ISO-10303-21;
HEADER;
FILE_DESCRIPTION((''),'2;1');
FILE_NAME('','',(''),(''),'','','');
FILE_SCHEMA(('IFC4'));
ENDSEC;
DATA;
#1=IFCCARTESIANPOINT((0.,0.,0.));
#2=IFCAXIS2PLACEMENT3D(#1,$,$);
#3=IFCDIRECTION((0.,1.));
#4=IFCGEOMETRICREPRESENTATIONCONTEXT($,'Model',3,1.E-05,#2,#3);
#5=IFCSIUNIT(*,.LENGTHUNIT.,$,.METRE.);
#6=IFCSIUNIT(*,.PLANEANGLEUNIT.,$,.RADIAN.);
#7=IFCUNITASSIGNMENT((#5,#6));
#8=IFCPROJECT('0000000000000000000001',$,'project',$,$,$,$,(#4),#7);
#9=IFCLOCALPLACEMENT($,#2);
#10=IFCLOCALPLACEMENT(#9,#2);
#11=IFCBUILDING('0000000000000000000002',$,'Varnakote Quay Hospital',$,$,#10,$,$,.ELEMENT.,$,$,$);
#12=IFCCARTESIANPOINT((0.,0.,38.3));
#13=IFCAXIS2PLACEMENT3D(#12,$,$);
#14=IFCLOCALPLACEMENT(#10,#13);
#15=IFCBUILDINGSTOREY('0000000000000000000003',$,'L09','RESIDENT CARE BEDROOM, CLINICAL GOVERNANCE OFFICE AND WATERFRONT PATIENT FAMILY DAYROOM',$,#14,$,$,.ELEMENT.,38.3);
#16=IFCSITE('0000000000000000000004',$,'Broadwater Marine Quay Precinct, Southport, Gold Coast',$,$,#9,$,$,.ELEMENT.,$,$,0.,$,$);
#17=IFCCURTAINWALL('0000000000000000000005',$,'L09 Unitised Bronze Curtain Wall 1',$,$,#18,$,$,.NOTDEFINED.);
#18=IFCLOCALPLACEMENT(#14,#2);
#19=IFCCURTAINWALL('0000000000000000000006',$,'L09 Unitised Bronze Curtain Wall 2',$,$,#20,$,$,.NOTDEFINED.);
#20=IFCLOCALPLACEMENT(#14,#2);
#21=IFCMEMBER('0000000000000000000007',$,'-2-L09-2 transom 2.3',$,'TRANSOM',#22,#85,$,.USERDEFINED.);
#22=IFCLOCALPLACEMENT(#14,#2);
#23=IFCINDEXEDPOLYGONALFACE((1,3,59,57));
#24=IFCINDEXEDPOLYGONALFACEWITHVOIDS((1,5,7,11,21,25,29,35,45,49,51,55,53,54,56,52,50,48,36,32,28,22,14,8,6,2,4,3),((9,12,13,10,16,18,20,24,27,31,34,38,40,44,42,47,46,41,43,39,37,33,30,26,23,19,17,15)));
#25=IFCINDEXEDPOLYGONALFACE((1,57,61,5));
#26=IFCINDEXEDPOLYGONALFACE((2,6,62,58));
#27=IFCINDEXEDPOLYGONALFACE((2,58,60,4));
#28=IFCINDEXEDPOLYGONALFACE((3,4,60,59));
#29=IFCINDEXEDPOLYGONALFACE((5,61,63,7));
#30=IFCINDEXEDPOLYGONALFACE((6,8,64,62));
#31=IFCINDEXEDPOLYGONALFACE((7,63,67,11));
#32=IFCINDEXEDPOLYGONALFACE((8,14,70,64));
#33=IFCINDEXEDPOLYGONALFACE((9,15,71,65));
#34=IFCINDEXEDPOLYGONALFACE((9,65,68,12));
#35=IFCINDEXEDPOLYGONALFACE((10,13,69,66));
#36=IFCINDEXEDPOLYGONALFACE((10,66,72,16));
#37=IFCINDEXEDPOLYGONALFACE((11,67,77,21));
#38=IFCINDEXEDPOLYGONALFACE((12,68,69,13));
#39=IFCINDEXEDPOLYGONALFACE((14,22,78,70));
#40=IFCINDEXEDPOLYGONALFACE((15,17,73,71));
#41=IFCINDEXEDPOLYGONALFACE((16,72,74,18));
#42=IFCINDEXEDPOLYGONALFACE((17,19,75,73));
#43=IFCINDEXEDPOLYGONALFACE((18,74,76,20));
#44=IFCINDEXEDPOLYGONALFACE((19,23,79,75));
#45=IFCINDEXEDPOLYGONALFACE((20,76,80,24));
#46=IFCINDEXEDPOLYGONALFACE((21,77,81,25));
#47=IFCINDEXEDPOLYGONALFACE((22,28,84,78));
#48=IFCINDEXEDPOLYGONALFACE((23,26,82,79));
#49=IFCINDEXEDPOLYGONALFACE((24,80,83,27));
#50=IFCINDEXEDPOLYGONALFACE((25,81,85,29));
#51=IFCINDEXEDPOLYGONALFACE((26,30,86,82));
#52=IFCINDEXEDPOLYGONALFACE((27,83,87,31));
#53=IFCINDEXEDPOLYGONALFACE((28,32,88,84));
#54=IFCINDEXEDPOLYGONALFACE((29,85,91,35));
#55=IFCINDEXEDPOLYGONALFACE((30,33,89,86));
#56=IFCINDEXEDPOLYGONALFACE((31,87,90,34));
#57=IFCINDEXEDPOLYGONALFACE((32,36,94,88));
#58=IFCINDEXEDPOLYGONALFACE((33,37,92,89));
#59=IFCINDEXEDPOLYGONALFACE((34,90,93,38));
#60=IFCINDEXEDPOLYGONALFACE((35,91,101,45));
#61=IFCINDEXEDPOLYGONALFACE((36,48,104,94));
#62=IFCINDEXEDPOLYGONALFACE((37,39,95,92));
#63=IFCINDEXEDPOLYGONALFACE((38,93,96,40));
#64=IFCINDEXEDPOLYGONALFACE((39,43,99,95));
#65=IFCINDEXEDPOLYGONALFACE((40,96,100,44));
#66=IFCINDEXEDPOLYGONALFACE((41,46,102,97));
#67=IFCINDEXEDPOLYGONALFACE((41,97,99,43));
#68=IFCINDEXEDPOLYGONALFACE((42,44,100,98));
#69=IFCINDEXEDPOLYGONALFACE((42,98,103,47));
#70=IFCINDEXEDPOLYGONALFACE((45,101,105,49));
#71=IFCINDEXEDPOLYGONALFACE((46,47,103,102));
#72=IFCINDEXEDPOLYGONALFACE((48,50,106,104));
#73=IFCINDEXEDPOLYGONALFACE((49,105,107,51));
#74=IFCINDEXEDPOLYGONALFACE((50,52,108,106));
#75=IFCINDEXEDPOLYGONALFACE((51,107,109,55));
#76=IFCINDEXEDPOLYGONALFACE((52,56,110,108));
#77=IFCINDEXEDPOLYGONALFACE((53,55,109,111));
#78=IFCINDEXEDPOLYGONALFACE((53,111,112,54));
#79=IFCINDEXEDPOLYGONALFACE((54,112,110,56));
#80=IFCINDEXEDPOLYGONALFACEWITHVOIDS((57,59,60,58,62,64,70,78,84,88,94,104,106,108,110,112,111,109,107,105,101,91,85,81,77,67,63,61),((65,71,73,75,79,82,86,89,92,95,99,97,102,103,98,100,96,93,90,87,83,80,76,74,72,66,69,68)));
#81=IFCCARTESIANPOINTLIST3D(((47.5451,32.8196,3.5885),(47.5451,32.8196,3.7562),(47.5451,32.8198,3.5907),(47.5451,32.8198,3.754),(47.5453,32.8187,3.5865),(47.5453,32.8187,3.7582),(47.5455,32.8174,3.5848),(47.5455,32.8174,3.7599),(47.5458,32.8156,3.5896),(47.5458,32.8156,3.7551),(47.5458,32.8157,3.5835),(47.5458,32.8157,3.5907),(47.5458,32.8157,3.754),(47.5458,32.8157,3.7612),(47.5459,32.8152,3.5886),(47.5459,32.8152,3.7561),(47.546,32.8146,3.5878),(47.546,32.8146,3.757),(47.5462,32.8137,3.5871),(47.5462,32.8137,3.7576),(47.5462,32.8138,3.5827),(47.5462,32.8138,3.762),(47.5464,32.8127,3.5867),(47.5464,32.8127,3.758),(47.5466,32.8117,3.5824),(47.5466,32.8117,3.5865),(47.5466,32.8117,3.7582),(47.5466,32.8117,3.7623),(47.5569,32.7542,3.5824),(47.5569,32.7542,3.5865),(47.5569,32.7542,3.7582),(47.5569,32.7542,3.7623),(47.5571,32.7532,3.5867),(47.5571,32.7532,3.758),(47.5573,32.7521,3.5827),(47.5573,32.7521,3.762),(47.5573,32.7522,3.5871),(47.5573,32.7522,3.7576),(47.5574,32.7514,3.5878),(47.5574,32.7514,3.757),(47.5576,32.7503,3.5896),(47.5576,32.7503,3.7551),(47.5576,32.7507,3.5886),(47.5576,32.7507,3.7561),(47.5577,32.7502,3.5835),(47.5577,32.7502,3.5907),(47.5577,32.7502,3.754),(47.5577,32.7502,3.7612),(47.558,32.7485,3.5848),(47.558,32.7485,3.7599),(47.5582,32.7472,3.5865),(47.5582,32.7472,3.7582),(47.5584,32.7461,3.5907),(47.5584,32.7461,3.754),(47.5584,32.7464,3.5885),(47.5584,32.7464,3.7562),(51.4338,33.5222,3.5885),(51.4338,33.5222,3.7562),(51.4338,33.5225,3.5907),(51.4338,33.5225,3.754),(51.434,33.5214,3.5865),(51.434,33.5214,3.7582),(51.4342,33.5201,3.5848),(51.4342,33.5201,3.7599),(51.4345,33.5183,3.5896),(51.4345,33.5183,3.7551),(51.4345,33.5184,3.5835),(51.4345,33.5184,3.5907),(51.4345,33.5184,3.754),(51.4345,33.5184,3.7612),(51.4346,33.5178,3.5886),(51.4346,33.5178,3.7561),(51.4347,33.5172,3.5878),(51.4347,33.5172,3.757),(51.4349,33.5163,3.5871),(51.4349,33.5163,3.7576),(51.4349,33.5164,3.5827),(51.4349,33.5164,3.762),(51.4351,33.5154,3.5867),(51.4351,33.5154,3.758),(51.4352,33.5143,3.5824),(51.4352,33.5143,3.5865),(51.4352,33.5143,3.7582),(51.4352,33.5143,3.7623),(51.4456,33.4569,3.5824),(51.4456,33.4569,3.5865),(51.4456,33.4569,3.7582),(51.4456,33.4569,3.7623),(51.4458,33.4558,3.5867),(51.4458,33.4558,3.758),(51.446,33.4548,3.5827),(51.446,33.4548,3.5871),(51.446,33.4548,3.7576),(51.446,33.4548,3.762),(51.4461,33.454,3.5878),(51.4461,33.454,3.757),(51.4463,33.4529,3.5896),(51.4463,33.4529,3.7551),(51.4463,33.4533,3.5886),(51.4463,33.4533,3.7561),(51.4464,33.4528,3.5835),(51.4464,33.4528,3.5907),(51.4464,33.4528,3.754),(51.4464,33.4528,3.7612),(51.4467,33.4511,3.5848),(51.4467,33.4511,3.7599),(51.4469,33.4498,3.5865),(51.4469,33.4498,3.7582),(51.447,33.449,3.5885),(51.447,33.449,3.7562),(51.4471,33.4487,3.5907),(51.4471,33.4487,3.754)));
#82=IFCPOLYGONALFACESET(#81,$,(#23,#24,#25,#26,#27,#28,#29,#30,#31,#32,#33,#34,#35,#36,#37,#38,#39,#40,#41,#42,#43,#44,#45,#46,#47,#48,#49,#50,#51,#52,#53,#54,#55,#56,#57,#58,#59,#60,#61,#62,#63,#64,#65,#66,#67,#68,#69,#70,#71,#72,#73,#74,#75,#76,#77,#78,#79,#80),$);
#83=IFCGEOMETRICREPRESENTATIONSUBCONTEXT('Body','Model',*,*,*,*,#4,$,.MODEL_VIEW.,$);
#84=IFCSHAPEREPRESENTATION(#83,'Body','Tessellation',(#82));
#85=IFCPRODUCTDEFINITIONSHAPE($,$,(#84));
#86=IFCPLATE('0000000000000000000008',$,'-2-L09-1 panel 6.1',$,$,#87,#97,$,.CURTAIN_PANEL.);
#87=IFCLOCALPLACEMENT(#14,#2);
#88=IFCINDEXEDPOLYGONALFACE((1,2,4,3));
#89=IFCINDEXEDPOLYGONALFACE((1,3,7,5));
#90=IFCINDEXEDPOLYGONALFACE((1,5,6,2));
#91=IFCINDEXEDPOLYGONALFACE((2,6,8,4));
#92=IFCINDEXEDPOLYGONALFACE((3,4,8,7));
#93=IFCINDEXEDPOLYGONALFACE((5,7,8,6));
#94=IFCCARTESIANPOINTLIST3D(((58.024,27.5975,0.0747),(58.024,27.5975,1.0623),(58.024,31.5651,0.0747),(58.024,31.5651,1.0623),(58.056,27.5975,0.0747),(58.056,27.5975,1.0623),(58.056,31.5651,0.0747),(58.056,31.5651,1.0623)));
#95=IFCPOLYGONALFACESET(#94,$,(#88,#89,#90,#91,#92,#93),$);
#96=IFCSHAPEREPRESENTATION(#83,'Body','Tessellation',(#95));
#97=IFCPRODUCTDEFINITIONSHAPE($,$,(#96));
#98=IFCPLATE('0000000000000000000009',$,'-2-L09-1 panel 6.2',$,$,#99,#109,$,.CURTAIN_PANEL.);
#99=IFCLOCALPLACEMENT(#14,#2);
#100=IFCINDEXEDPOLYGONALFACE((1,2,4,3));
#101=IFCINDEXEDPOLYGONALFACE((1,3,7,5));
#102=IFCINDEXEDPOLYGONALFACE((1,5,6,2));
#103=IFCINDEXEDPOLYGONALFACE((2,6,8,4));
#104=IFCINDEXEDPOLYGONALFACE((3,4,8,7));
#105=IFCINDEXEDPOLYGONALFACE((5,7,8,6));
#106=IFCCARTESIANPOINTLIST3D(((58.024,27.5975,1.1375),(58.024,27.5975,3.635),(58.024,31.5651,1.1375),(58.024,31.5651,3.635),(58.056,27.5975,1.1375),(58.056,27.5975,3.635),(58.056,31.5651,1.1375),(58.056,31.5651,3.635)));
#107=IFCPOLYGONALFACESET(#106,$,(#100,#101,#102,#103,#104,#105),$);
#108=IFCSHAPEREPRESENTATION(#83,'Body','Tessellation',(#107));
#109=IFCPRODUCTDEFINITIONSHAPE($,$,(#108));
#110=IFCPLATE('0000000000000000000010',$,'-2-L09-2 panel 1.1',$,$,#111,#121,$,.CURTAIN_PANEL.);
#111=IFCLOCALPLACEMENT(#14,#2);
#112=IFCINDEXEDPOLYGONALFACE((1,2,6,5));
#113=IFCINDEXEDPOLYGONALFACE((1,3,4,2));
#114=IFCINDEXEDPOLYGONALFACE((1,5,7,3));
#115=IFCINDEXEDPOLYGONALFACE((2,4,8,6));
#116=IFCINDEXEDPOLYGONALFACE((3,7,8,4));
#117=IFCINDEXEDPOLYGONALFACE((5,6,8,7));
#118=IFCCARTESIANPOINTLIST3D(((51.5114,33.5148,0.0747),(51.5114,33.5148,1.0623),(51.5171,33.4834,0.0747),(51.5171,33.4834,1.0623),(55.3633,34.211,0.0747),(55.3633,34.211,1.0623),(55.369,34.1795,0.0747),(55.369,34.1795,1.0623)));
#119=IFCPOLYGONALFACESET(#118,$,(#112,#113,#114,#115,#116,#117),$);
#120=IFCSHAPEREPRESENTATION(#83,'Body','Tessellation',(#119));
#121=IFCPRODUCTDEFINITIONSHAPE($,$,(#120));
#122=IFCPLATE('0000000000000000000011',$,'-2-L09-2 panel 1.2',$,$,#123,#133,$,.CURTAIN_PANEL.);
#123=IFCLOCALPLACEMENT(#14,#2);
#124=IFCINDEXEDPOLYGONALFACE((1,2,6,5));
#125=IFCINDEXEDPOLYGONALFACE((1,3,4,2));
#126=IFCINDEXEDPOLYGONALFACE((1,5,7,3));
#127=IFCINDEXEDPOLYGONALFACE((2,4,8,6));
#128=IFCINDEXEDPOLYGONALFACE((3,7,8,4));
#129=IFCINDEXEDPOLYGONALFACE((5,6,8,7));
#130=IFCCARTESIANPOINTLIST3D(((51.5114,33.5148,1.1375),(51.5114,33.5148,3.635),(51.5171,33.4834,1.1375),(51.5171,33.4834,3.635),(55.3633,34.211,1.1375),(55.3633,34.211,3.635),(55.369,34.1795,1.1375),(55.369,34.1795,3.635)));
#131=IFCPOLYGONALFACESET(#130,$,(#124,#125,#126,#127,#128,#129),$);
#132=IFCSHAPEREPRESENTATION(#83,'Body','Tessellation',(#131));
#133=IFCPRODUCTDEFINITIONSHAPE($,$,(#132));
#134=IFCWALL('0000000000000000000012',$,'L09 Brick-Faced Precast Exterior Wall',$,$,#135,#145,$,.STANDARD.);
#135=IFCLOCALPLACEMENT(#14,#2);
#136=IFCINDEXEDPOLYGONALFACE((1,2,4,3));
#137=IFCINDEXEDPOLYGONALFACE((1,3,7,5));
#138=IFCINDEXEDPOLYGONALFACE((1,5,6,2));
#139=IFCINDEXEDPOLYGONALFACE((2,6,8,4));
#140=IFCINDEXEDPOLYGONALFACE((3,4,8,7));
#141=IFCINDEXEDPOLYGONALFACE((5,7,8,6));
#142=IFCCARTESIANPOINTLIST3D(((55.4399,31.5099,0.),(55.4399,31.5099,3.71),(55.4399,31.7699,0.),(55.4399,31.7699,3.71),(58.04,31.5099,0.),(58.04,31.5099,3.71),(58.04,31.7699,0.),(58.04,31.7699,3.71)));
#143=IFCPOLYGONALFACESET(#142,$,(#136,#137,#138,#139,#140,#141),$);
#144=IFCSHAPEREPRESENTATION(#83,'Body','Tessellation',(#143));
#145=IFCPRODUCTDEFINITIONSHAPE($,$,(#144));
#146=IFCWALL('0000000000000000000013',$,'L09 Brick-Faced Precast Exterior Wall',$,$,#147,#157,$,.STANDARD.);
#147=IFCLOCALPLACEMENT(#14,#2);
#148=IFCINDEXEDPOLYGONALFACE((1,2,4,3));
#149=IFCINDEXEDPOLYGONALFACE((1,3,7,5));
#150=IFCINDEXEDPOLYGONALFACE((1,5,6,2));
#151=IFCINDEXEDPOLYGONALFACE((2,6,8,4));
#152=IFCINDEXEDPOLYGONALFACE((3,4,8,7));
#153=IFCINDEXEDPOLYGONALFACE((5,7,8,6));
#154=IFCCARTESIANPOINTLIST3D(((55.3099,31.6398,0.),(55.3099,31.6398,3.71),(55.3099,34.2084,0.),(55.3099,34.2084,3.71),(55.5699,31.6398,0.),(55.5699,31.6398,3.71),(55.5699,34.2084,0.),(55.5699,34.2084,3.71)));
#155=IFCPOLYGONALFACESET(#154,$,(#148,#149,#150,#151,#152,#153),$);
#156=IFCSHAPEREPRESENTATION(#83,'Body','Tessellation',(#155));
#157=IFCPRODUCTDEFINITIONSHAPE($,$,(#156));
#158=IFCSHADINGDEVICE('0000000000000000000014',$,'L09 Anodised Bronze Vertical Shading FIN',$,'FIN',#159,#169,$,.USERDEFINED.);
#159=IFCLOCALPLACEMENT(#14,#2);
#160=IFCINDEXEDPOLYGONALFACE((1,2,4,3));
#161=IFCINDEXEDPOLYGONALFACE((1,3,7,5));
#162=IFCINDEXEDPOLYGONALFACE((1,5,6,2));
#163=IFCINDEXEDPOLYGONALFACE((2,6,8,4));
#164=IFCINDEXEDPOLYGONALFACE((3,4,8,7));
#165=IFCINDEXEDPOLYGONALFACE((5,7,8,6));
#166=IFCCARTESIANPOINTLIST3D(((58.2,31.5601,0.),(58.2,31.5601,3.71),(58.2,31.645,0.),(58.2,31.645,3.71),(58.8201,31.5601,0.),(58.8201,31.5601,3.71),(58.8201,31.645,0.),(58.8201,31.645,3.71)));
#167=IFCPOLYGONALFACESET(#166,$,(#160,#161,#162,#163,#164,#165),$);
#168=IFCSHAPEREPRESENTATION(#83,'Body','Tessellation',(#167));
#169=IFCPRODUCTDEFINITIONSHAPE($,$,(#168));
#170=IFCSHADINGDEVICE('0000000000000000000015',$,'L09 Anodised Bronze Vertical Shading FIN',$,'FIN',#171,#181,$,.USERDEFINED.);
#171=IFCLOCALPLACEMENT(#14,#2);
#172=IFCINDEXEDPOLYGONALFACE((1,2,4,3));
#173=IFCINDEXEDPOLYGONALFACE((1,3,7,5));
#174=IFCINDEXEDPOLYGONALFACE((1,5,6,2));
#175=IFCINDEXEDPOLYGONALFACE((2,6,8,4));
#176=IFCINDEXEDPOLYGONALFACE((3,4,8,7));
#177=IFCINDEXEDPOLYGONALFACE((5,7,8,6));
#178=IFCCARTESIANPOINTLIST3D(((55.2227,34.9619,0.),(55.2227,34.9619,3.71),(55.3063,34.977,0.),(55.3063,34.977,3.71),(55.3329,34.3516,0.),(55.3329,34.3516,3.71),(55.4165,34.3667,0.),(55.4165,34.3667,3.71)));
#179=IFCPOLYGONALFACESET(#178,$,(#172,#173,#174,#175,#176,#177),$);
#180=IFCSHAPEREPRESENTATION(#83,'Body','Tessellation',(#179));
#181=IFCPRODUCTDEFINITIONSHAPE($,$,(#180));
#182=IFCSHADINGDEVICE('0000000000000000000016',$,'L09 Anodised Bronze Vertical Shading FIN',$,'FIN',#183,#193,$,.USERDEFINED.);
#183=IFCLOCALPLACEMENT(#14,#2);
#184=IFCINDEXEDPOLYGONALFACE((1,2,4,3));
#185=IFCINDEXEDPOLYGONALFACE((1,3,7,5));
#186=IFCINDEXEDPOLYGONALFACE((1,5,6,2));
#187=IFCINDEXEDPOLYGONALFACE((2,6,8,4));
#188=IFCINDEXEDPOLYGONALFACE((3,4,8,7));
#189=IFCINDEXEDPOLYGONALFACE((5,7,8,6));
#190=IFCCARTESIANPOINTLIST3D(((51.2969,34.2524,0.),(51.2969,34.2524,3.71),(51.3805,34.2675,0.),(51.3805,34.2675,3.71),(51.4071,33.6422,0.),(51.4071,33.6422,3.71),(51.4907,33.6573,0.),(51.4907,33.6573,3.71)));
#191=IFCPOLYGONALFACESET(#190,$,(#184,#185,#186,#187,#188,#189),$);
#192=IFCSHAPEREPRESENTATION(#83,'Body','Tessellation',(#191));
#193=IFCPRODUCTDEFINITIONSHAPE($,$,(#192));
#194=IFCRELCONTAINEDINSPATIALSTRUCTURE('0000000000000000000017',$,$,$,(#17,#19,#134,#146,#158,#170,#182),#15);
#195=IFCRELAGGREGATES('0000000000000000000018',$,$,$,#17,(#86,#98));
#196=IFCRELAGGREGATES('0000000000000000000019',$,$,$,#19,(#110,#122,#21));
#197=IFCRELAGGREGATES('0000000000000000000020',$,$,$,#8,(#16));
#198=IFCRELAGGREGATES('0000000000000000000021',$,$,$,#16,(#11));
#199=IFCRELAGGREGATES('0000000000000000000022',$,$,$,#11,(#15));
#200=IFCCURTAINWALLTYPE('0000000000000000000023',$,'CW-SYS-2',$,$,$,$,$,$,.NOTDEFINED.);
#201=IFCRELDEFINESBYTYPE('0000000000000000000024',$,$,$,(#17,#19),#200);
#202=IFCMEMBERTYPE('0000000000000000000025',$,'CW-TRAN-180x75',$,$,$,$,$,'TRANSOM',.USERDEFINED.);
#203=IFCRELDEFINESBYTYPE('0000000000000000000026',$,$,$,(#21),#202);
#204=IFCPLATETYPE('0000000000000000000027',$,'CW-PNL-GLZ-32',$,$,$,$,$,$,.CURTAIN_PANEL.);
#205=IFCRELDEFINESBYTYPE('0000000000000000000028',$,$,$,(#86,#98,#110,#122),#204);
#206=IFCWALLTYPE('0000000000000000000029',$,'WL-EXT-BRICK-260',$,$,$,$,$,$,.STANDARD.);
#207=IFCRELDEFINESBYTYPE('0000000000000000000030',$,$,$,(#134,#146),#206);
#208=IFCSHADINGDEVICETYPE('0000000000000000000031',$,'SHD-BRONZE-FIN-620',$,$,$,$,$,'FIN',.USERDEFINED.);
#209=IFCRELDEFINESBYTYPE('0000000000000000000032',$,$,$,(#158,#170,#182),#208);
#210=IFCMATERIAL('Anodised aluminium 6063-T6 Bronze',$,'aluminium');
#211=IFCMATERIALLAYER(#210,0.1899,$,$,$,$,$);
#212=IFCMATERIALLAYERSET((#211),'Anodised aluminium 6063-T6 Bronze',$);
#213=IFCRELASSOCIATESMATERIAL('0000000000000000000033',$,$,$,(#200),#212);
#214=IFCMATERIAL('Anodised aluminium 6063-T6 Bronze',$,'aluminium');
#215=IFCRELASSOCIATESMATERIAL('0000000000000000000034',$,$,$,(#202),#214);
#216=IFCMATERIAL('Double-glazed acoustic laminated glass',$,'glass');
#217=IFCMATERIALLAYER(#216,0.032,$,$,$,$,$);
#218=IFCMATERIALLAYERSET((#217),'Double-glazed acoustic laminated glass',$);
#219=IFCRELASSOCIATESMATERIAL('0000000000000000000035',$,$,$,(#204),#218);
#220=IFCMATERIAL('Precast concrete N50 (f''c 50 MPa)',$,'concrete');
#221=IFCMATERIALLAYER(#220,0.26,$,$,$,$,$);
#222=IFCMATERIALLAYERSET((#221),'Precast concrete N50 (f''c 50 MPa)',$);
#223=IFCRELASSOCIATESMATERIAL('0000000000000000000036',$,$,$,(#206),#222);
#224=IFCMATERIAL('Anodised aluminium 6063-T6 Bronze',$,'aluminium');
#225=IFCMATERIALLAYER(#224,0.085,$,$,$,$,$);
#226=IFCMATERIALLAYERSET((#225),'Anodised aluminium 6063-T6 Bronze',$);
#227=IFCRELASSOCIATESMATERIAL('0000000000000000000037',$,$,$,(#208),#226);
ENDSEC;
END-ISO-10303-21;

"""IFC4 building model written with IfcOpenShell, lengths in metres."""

from ifc_helpers import new_model, si_unit, direction, frame, frame_2d, origin, origin_2d, place, context, subcontext, project, spatial, rectangle, hollow_rectangle, extrude, material, layer, layer_set, material_profile, profile_set, type_object, element, aggregate, save


model = new_model("IFC4")

# Units and contexts
model_context = context("Model", 3, precision=1e-05, world=origin(), true_north=direction((0.0, 1.0)))
body_context = subcontext(model_context, "Body", "Model", "MODEL_VIEW")
ifc_project = project(units=[si_unit("LENGTHUNIT", "METRE"), si_unit("PLANEANGLEUNIT", "RADIAN")], contexts=[model_context])

# Site, building, storey
site_placement = place(None, origin())
site = spatial("IfcSite", under=ifc_project, at=site_placement, Name="Broadwater Marine Quay Precinct, Southport, Gold Coast", CompositionType="ELEMENT", RefElevation=0.0)
building_placement = place(site_placement, origin())
building = spatial("IfcBuilding", under=site, at=building_placement, Name="Varnakote Quay Hospital", CompositionType="ELEMENT")
storey_placement = place(building_placement, frame((0.0, 0.0, 38.3)))
storey = spatial("IfcBuildingStorey", under=building, at=storey_placement, Name="L09", Description="RESIDENT CARE BEDROOM, CLINICAL GOVERNANCE OFFICE AND WATERFRONT PATIENT FAMILY DAYROOM", CompositionType="ELEMENT", Elevation=38.3)

# Curtain wall
ifc_material_1 = material(Name="Anodised aluminium 6063-T6 Bronze", Category="aluminium")
ifc_layer_1 = layer(ifc_material_1, 0.1899)
ifc_layer_set_1 = layer_set([ifc_layer_1], Name="Anodised aluminium 6063-T6 Bronze")
curtain_wall_type = type_object("IfcCurtainWallType", Name="CW-SYS-2", PredefinedType="NOTDEFINED", material=ifc_layer_set_1)
curtain_wall_1_placement = place(storey_placement, origin())
curtain_wall_1 = element("IfcCurtainWall", 1, at=curtain_wall_1_placement, inside=storey, type_object=curtain_wall_type, Name="L09 Unitised Bronze Curtain Wall 1", PredefinedType="NOTDEFINED")

# Curtain wall
curtain_wall_2_placement = place(storey_placement, origin())
curtain_wall_2 = element("IfcCurtainWall", 2, at=curtain_wall_2_placement, inside=storey, type_object=curtain_wall_type, Name="L09 Unitised Bronze Curtain Wall 2", PredefinedType="NOTDEFINED")

# Member
ifc_material_2 = material(Name="Anodised aluminium 6063-T6 Bronze", Category="aluminium")
ifc_material_profile_1 = material_profile(ifc_material_2, hollow_rectangle(XDim=0.075, YDim=0.1799, WallThickness=0.0042, InnerFilletRadius=0.0042, OuterFilletRadius=0.0083, at=origin_2d()), Name="CW-TRAN-180x75")
ifc_profile_set_1 = profile_set([ifc_material_profile_1], Name="Anodised aluminium 6063-T6 Bronze")
member_type_1 = type_object("IfcMemberType", Name="CW-TRAN-180x75", ElementType="TRANSOM", PredefinedType="USERDEFINED", material=ifc_profile_set_1)
member_1_placement = place(storey_placement, frame((51.4404, 33.4856, 3.6724), z_axis=(-0.984065, -0.177809, 0.0), x_axis=(0.177809, -0.984065, 0.0)))
member_1 = element("IfcMember", 3, at=member_1_placement, type_object=member_type_1, Name="-2-L09-2 transom 2.3", ObjectType="TRANSOM", PredefinedType="USERDEFINED", context=body_context, shape_type="SweptSolid", body=[
    extrude(hollow_rectangle(XDim=0.075, YDim=0.1799, WallThickness=0.0042, InnerFilletRadius=0.0042, OuterFilletRadius=0.0083, at=origin_2d()), origin(), (0.0, 0.0, 1.0), 3.9517),
])

# Plates
ifc_material_3 = material(Name="Double-glazed acoustic laminated glass", Category="glass")
ifc_layer_2 = layer(ifc_material_3, 0.032)
ifc_layer_set_2 = layer_set([ifc_layer_2], Name="Double-glazed acoustic laminated glass")
plate_type = type_object("IfcPlateType", Name="CW-PNL-GLZ-32", PredefinedType="CURTAIN_PANEL", material=ifc_layer_set_2)
plate_1_placement = place(storey_placement, frame((58.04, 29.5813, 0.0747), z_axis=(0.0, 0.0, 1.0), x_axis=(0.0, 1.0, 0.0)))
plate_1 = element("IfcPlate", 4, at=plate_1_placement, type_object=plate_type, Name="-2-L09-1 panel 6.1", PredefinedType="CURTAIN_PANEL", context=body_context, shape_type="SweptSolid", body=[
    extrude(rectangle(XDim=3.9675, YDim=0.032, at=origin_2d()), origin(), (0.0, 0.0, 1.0), 0.9875),
])
plate_2_placement = place(storey_placement, frame((58.04, 29.5813, 1.1375), z_axis=(0.0, 0.0, 1.0), x_axis=(0.0, 1.0, 0.0)))
plate_2 = element("IfcPlate", 5, at=plate_2_placement, type_object=plate_type, Name="-2-L09-1 panel 6.2", PredefinedType="CURTAIN_PANEL", context=body_context, shape_type="SweptSolid", body=[
    extrude(rectangle(XDim=3.9675, YDim=0.032, at=origin_2d()), origin(), (0.0, 0.0, 1.0), 2.4976),
])
aggregate(curtain_wall_1, [plate_1, plate_2])
plate_3_placement = place(storey_placement, frame((53.4402, 33.8472, 0.0747), z_axis=(0.0, 0.0, 1.0), x_axis=(-0.984058, -0.177846, 0.0)))
plate_3 = element("IfcPlate", 6, at=plate_3_placement, type_object=plate_type, Name="-2-L09-2 panel 1.1", PredefinedType="CURTAIN_PANEL", context=body_context, shape_type="SweptSolid", body=[
    extrude(rectangle(XDim=3.9143, YDim=0.032, at=origin_2d()), origin(), (0.0, 0.0, 1.0), 0.9875),
])
plate_4_placement = place(storey_placement, frame((53.4402, 33.8472, 1.1375), z_axis=(0.0, 0.0, 1.0), x_axis=(-0.984058, -0.177846, 0.0)))
plate_4 = element("IfcPlate", 7, at=plate_4_placement, type_object=plate_type, Name="-2-L09-2 panel 1.2", PredefinedType="CURTAIN_PANEL", context=body_context, shape_type="SweptSolid", body=[
    extrude(rectangle(XDim=3.9143, YDim=0.032, at=origin_2d()), origin(), (0.0, 0.0, 1.0), 2.4976),
])
aggregate(curtain_wall_2, [plate_3, plate_4, member_1])

# Walls
ifc_material_4 = material(Name="Precast concrete N50 (f'c 50 MPa)", Category="concrete")
ifc_layer_3 = layer(ifc_material_4, 0.26)
ifc_layer_set_3 = layer_set([ifc_layer_3], Name="Precast concrete N50 (f'c 50 MPa)")
wall_type = type_object("IfcWallType", Name="WL-EXT-BRICK-260", PredefinedType="STANDARD", material=ifc_layer_set_3)
wall_1_placement = place(storey_placement, frame((58.04, 31.6399, 0.0), z_axis=(0.0, 0.0, 1.0), x_axis=(-1.0, 0.0, 0.0)))
element("IfcWall", 8, at=wall_1_placement, inside=storey, type_object=wall_type, Name="L09 Brick-Faced Precast Exterior Wall", PredefinedType="STANDARD", context=body_context, shape_type="SweptSolid", body=[
    extrude(rectangle(XDim=2.6001, YDim=0.26, at=frame_2d((1.3, 0.0))), origin(), (0.0, 0.0, 1.0), 3.71),
])
wall_2_placement = place(storey_placement, frame((55.4399, 31.6399, 0.0), z_axis=(0.0, 0.0, 1.0), x_axis=(0.0, 1.0, 0.0)))
element("IfcWall", 9, at=wall_2_placement, inside=storey, type_object=wall_type, Name="L09 Brick-Faced Precast Exterior Wall", PredefinedType="STANDARD", context=body_context, shape_type="SweptSolid", body=[
    extrude(rectangle(XDim=2.5686, YDim=0.26, at=frame_2d((1.2842, 0.0))), origin(), (0.0, 0.0, 1.0), 3.71),
])

# Shading devices
ifc_material_5 = material(Name="Anodised aluminium 6063-T6 Bronze", Category="aluminium")
ifc_layer_4 = layer(ifc_material_5, 0.085)
ifc_layer_set_4 = layer_set([ifc_layer_4], Name="Anodised aluminium 6063-T6 Bronze")
shading_device_type = type_object("IfcShadingDeviceType", Name="SHD-BRONZE-FIN-620", ElementType="FIN", PredefinedType="USERDEFINED", material=ifc_layer_set_4)
for number, where, z_axis, x_axis, name in (
    (10, (58.51, 31.6025, 0.0), (0.0, 0.0, 1.0), (-1.0, 0.0, 0.0), "L09 Anodised Bronze Vertical Shading FIN"),
    (11, (55.3196, 34.6643, 0.0), (0.0, 0.0, 1.0), (0.177772, -0.984072, 0.0), "L09 Anodised Bronze Vertical Shading FIN"),
    (12, (51.3938, 33.9548, 0.0), (0.0, 0.0, 1.0), (0.177772, -0.984072, 0.0), "L09 Anodised Bronze Vertical Shading FIN"),
):
    element("IfcShadingDevice", number, at=place(storey_placement, frame(where, z_axis=z_axis, x_axis=x_axis)), inside=storey, type_object=shading_device_type, Name=name, ObjectType="FIN", PredefinedType="USERDEFINED", context=body_context, shape_type="SweptSolid", body=[
        extrude(rectangle(XDim=0.6201, YDim=0.085, at=origin_2d()), origin(), (0.0, 0.0, 1.0), 3.71),
    ])

save(model, "model.ifc")
